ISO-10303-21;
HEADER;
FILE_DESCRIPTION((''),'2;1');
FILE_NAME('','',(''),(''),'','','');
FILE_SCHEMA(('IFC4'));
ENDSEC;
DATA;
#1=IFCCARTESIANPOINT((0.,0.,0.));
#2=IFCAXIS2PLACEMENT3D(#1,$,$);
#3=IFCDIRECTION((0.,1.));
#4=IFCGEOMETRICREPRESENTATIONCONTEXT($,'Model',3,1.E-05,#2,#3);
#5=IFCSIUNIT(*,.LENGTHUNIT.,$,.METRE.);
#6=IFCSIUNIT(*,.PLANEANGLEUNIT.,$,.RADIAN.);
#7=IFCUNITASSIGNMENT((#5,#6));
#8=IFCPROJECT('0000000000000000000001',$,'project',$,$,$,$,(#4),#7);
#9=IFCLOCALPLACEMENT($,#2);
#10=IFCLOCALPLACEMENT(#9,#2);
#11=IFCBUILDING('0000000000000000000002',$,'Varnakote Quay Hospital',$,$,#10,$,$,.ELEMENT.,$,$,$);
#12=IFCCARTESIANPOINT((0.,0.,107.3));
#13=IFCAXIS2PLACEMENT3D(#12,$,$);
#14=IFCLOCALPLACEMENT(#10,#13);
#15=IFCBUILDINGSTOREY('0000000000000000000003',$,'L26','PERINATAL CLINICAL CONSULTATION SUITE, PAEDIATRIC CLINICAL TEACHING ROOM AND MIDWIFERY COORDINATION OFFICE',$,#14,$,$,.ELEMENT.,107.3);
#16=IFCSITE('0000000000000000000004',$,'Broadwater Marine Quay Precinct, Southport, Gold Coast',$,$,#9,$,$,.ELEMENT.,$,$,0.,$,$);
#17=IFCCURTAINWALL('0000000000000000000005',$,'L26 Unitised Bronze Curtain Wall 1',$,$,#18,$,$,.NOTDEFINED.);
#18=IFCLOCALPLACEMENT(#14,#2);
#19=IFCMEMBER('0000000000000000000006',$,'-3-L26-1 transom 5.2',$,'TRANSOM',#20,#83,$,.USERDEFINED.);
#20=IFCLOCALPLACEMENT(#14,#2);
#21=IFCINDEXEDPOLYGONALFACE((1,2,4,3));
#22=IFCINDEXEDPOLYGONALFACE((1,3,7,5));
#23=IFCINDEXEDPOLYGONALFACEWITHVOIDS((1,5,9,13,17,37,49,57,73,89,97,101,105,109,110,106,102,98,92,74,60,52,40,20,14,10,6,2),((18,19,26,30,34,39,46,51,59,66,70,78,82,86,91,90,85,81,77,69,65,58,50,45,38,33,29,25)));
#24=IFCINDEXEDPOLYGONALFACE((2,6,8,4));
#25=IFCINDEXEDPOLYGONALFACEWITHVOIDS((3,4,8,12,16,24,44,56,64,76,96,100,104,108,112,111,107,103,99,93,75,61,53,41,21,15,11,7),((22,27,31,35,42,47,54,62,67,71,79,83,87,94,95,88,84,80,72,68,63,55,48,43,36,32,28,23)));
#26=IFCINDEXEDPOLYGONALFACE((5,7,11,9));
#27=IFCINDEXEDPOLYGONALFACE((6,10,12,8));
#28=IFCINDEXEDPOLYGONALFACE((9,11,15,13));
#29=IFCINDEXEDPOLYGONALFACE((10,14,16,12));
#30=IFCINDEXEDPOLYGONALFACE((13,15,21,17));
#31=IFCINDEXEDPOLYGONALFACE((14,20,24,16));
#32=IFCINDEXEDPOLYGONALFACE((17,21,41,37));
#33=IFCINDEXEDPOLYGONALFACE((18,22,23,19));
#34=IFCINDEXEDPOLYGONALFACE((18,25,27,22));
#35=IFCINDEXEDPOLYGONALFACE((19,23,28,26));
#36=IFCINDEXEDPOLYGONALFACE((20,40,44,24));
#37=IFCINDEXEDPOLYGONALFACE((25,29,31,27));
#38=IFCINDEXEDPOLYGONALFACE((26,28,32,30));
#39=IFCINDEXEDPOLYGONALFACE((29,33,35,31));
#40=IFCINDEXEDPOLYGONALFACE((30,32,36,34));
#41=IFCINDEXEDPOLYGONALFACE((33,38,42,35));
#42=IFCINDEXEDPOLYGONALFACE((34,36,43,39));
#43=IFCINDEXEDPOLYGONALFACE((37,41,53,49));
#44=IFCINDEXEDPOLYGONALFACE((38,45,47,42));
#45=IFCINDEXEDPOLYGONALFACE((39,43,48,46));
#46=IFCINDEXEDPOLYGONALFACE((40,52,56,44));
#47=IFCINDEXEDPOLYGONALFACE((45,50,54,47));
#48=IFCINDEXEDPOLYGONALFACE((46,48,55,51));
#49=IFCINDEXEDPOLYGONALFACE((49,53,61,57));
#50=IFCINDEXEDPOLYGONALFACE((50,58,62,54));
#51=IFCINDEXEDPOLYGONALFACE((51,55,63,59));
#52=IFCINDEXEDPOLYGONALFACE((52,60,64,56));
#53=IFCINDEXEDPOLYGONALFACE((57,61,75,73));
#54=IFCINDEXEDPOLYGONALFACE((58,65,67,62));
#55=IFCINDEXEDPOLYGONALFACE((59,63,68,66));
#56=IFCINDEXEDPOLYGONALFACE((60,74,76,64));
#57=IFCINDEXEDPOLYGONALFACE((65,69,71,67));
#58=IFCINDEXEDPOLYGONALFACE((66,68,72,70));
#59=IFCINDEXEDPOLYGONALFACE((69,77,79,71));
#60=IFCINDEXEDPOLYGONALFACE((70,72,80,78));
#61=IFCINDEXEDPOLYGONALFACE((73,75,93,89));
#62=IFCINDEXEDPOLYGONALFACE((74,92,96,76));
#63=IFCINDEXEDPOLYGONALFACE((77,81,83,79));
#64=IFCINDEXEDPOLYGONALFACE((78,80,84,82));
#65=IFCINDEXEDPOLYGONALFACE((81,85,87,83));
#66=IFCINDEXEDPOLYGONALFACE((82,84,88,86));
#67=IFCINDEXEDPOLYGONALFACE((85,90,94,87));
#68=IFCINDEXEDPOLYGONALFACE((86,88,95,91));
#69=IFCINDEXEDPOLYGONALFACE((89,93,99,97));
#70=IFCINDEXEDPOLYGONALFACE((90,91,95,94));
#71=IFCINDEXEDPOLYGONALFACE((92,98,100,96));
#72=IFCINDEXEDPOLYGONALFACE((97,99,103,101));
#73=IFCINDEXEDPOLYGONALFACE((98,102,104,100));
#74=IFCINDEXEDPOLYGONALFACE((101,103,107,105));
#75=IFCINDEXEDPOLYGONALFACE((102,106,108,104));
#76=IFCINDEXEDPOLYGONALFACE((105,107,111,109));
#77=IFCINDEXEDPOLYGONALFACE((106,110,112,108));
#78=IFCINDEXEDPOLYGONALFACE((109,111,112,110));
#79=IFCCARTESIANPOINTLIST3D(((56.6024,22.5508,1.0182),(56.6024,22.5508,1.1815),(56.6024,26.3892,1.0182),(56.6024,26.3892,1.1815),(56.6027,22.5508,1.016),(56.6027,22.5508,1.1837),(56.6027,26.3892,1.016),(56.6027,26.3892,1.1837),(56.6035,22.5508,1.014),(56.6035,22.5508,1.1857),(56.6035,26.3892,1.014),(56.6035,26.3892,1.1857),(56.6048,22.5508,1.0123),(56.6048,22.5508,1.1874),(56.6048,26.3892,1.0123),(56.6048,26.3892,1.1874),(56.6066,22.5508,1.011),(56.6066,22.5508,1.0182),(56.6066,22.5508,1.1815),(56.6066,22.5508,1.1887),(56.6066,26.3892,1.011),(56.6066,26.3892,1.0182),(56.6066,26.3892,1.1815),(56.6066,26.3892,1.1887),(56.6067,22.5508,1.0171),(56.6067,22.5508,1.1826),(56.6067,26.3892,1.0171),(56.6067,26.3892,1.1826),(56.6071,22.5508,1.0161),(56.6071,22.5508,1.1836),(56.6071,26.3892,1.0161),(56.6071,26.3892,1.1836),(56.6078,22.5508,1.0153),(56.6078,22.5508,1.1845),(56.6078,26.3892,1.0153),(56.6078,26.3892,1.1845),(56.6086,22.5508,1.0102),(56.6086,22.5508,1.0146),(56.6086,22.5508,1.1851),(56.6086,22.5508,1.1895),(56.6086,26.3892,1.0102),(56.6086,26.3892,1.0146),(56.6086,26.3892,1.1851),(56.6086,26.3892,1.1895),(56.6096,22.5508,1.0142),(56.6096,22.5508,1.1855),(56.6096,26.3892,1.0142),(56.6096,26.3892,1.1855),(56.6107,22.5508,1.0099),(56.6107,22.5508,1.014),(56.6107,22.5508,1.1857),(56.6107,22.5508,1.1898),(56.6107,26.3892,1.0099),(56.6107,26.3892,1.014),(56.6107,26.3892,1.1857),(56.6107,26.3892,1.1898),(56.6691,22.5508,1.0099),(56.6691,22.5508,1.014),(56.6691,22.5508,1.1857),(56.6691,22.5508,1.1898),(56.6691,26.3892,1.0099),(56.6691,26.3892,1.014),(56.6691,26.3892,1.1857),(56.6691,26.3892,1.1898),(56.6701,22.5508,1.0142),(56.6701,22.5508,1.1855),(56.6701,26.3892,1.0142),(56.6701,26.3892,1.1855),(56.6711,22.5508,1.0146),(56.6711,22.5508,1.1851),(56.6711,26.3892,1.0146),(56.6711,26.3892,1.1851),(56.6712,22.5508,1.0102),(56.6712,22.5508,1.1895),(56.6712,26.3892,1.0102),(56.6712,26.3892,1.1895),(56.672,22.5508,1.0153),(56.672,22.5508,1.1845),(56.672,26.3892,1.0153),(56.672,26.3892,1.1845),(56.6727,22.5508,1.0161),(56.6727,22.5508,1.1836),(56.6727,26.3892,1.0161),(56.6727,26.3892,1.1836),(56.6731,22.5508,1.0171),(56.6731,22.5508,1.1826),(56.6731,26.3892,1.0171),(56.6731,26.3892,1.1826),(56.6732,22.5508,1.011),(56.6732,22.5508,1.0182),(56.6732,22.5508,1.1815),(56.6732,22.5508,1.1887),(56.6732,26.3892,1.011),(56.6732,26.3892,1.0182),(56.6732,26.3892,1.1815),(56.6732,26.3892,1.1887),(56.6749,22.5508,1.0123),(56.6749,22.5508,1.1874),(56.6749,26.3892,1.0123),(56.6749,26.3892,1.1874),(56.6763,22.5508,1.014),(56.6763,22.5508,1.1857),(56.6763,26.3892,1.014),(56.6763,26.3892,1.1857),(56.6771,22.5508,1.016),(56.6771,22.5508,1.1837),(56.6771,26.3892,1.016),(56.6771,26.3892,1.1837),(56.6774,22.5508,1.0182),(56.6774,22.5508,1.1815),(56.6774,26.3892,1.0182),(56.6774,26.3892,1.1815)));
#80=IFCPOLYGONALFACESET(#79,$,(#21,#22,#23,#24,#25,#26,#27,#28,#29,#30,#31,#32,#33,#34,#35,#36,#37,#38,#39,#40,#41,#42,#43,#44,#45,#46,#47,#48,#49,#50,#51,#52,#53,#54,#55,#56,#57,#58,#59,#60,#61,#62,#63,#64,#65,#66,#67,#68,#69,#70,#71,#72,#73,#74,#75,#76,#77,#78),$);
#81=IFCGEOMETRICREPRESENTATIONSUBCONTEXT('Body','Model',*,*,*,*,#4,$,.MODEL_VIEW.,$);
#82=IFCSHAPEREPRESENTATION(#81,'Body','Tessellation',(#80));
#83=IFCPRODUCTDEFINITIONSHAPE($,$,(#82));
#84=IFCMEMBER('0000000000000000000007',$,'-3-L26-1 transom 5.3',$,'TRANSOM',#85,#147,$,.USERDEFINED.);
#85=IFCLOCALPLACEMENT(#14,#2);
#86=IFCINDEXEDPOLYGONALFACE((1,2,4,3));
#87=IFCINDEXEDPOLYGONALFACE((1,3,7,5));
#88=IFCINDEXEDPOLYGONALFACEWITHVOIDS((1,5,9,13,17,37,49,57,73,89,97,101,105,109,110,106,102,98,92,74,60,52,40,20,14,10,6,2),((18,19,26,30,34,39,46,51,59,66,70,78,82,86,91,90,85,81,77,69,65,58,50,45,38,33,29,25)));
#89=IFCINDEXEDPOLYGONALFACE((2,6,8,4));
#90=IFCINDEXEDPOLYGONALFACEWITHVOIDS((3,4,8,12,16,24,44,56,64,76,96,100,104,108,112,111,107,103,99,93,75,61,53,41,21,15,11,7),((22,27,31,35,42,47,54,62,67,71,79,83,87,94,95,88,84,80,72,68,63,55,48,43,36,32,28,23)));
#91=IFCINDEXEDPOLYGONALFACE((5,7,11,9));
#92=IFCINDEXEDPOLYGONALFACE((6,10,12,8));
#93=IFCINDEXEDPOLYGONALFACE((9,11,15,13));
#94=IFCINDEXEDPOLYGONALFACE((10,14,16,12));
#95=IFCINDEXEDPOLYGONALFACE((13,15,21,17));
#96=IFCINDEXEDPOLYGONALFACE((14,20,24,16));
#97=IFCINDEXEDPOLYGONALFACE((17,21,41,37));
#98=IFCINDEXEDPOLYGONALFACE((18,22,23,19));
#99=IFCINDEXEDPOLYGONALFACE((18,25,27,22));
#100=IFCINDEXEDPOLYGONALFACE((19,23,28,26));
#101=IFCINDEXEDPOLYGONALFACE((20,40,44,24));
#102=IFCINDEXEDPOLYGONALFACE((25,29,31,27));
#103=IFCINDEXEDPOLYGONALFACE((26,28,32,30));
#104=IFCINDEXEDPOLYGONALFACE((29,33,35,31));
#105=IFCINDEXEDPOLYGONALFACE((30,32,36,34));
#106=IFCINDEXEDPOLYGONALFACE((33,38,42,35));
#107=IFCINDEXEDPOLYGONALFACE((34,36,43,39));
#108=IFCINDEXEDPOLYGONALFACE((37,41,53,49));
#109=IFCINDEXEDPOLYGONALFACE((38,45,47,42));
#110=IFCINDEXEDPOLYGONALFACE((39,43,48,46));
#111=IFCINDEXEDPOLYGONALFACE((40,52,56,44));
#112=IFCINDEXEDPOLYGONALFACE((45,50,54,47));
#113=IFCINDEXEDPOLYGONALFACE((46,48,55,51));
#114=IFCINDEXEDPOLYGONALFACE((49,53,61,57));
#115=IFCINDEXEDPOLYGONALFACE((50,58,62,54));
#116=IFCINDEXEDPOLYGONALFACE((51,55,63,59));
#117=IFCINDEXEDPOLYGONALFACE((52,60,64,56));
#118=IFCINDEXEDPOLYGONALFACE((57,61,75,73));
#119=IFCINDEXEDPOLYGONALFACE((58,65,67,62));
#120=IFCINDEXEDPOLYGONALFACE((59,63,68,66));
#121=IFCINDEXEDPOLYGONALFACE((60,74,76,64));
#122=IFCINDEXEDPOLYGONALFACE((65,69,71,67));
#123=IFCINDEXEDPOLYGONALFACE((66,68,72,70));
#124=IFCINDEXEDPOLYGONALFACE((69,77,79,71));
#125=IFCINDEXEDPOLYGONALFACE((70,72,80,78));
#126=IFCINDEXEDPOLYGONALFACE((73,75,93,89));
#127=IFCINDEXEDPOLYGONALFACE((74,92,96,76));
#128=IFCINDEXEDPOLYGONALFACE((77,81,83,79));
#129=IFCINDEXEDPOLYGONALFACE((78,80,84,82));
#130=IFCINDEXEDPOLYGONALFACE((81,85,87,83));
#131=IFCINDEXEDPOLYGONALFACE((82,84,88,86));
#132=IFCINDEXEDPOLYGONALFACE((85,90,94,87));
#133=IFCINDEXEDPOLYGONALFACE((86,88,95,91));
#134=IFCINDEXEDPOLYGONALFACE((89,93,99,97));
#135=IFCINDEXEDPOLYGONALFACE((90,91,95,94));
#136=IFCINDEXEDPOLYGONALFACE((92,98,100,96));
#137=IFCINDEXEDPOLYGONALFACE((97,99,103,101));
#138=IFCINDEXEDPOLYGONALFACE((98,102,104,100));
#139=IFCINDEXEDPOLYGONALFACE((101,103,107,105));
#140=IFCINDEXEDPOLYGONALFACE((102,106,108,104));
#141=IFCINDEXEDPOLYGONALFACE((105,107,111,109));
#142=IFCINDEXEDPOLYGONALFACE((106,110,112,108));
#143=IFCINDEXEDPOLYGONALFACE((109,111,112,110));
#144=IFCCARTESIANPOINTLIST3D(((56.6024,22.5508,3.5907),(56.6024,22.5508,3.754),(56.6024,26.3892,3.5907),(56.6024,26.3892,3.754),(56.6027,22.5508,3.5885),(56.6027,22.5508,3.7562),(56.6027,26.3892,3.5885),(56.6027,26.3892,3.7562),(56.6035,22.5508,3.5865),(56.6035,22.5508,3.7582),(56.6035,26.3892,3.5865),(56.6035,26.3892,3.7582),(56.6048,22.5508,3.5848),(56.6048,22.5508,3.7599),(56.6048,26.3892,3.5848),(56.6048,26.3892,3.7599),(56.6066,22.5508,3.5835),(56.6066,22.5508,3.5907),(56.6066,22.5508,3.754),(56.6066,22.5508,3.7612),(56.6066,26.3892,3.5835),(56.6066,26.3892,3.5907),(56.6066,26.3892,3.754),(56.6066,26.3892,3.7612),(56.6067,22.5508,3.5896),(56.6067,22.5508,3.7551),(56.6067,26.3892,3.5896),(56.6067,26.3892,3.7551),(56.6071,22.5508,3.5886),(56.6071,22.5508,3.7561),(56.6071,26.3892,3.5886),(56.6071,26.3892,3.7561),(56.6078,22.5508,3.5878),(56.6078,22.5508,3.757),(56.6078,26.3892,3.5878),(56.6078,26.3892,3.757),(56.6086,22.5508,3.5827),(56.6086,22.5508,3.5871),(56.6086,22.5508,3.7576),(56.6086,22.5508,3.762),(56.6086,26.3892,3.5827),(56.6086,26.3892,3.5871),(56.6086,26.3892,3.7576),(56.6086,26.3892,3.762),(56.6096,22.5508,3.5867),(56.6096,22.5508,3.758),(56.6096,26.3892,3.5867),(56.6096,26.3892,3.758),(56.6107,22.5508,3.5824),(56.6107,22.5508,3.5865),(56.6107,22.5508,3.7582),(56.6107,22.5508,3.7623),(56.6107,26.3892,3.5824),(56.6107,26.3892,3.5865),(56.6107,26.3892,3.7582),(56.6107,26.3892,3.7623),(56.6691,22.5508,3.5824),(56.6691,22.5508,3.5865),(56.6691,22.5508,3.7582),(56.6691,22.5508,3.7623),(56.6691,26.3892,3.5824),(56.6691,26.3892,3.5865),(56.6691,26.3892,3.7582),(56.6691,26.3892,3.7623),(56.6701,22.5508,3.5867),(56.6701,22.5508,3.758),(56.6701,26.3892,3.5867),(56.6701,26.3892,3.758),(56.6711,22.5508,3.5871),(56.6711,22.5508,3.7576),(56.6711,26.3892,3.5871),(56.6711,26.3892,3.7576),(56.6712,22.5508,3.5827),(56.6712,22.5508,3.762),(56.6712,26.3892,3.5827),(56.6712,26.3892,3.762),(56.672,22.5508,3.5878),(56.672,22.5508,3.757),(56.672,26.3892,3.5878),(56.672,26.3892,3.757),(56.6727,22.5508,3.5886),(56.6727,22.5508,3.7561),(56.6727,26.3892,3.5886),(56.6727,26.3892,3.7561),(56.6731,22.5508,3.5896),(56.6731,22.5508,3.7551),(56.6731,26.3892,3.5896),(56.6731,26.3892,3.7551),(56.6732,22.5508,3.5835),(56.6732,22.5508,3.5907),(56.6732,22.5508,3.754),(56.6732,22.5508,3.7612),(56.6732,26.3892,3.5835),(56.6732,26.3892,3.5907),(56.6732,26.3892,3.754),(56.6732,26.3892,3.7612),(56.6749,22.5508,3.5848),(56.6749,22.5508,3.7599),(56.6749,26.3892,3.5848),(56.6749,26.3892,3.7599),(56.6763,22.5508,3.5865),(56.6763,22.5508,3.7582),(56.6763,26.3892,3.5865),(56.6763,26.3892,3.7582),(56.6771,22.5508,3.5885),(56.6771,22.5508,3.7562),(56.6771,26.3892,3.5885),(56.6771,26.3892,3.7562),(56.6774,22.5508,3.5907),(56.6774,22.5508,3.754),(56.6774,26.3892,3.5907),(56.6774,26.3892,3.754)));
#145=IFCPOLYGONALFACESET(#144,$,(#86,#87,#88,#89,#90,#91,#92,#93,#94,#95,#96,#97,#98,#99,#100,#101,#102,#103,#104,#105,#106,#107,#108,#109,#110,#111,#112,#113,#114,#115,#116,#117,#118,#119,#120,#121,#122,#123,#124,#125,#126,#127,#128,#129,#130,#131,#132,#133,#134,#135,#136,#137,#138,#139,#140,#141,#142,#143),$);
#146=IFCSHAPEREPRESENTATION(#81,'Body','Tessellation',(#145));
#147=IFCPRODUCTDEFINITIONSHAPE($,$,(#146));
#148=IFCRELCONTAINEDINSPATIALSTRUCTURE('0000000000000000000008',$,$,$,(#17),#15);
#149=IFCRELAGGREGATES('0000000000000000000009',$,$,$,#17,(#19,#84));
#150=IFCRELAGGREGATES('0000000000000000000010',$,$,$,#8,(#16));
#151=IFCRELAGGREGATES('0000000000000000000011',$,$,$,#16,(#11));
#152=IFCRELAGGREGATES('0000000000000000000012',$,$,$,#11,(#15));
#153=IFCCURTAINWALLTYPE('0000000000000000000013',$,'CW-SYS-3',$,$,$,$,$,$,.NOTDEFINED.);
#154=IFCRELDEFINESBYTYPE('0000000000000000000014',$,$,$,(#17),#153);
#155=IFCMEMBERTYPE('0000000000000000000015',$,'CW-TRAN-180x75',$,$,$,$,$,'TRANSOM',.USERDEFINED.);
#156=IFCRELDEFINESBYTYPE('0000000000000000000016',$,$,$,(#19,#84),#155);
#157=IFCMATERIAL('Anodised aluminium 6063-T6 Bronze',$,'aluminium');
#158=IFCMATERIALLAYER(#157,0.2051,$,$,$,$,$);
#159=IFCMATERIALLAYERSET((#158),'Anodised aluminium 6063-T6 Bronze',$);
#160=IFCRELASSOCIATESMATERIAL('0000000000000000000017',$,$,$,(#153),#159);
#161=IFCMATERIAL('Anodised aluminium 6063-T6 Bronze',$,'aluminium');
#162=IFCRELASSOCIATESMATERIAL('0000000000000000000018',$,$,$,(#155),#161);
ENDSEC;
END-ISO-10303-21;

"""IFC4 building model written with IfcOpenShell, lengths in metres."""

from ifc_helpers import new_model, si_unit, direction, frame, origin, origin_2d, place, context, subcontext, project, spatial, hollow_rectangle, extrude, material, layer, layer_set, material_profile, profile_set, type_object, element, aggregate, save


model = new_model("IFC4")

# Units and contexts
model_context = context("Model", 3, precision=1e-05, world=origin(), true_north=direction((0.0, 1.0)))
body_context = subcontext(model_context, "Body", "Model", "MODEL_VIEW")
ifc_project = project(units=[si_unit("LENGTHUNIT", "METRE"), si_unit("PLANEANGLEUNIT", "RADIAN")], contexts=[model_context])

# Site, building, storey
site_placement = place(None, origin())
site = spatial("IfcSite", under=ifc_project, at=site_placement, Name="Broadwater Marine Quay Precinct, Southport, Gold Coast", CompositionType="ELEMENT", RefElevation=0.0)
building_placement = place(site_placement, origin())
building = spatial("IfcBuilding", under=site, at=building_placement, Name="Varnakote Quay Hospital", CompositionType="ELEMENT")
storey_placement = place(building_placement, frame((0.0, 0.0, 107.3)))
storey = spatial("IfcBuildingStorey", under=building, at=storey_placement, Name="L26", Description="PERINATAL CLINICAL CONSULTATION SUITE, PAEDIATRIC CLINICAL TEACHING ROOM AND MIDWIFERY COORDINATION OFFICE", CompositionType="ELEMENT", Elevation=107.3)

# Curtain wall, members
ifc_material_1 = material(Name="Anodised aluminium 6063-T6 Bronze", Category="aluminium")
ifc_layer_1 = layer(ifc_material_1, 0.2051)
ifc_layer_set_1 = layer_set([ifc_layer_1], Name="Anodised aluminium 6063-T6 Bronze")
curtain_wall_type = type_object("IfcCurtainWallType", Name="CW-SYS-3", PredefinedType="NOTDEFINED", material=ifc_layer_set_1)
curtain_wall_placement = place(storey_placement, origin())
curtain_wall = element("IfcCurtainWall", 1, at=curtain_wall_placement, inside=storey, type_object=curtain_wall_type, Name="L26 Unitised Bronze Curtain Wall 1", PredefinedType="NOTDEFINED")
ifc_material_2 = material(Name="Anodised aluminium 6063-T6 Bronze", Category="aluminium")
ifc_material_profile_1 = material_profile(ifc_material_2, hollow_rectangle(XDim=0.075, YDim=0.1799, WallThickness=0.0042, InnerFilletRadius=0.0042, OuterFilletRadius=0.0083, at=origin_2d()), Name="CW-TRAN-180x75")
ifc_profile_set_1 = profile_set([ifc_material_profile_1], Name="Anodised aluminium 6063-T6 Bronze")
member_type_1 = type_object("IfcMemberType", Name="CW-TRAN-180x75", ElementType="TRANSOM", PredefinedType="USERDEFINED", material=ifc_profile_set_1)
member_1_placement = place(storey_placement, frame((56.6399, 22.5508, 1.0999), z_axis=(0.0, 1.0, 0.0), x_axis=(-1.0, 0.0, 0.0)))
member_1 = element("IfcMember", 2, at=member_1_placement, type_object=member_type_1, Name="-3-L26-1 transom 5.2", ObjectType="TRANSOM", PredefinedType="USERDEFINED", context=body_context, shape_type="SweptSolid", body=[
    extrude(hollow_rectangle(XDim=0.075, YDim=0.1799, WallThickness=0.0042, InnerFilletRadius=0.0042, OuterFilletRadius=0.0083, at=origin_2d()), origin(), (0.0, 0.0, 1.0), 3.8384),
])
member_2_placement = place(storey_placement, frame((56.6399, 22.5508, 3.6724), z_axis=(0.0, 1.0, 0.0), x_axis=(-1.0, 0.0, 0.0)))
member_2 = element("IfcMember", 3, at=member_2_placement, type_object=member_type_1, Name="-3-L26-1 transom 5.3", ObjectType="TRANSOM", PredefinedType="USERDEFINED", context=body_context, shape_type="SweptSolid", body=[
    extrude(hollow_rectangle(XDim=0.075, YDim=0.1799, WallThickness=0.0042, InnerFilletRadius=0.0042, OuterFilletRadius=0.0083, at=origin_2d()), origin(), (0.0, 0.0, 1.0), 3.8384),
])
aggregate(curtain_wall, [member_1, member_2])

save(model, "model.ifc")
